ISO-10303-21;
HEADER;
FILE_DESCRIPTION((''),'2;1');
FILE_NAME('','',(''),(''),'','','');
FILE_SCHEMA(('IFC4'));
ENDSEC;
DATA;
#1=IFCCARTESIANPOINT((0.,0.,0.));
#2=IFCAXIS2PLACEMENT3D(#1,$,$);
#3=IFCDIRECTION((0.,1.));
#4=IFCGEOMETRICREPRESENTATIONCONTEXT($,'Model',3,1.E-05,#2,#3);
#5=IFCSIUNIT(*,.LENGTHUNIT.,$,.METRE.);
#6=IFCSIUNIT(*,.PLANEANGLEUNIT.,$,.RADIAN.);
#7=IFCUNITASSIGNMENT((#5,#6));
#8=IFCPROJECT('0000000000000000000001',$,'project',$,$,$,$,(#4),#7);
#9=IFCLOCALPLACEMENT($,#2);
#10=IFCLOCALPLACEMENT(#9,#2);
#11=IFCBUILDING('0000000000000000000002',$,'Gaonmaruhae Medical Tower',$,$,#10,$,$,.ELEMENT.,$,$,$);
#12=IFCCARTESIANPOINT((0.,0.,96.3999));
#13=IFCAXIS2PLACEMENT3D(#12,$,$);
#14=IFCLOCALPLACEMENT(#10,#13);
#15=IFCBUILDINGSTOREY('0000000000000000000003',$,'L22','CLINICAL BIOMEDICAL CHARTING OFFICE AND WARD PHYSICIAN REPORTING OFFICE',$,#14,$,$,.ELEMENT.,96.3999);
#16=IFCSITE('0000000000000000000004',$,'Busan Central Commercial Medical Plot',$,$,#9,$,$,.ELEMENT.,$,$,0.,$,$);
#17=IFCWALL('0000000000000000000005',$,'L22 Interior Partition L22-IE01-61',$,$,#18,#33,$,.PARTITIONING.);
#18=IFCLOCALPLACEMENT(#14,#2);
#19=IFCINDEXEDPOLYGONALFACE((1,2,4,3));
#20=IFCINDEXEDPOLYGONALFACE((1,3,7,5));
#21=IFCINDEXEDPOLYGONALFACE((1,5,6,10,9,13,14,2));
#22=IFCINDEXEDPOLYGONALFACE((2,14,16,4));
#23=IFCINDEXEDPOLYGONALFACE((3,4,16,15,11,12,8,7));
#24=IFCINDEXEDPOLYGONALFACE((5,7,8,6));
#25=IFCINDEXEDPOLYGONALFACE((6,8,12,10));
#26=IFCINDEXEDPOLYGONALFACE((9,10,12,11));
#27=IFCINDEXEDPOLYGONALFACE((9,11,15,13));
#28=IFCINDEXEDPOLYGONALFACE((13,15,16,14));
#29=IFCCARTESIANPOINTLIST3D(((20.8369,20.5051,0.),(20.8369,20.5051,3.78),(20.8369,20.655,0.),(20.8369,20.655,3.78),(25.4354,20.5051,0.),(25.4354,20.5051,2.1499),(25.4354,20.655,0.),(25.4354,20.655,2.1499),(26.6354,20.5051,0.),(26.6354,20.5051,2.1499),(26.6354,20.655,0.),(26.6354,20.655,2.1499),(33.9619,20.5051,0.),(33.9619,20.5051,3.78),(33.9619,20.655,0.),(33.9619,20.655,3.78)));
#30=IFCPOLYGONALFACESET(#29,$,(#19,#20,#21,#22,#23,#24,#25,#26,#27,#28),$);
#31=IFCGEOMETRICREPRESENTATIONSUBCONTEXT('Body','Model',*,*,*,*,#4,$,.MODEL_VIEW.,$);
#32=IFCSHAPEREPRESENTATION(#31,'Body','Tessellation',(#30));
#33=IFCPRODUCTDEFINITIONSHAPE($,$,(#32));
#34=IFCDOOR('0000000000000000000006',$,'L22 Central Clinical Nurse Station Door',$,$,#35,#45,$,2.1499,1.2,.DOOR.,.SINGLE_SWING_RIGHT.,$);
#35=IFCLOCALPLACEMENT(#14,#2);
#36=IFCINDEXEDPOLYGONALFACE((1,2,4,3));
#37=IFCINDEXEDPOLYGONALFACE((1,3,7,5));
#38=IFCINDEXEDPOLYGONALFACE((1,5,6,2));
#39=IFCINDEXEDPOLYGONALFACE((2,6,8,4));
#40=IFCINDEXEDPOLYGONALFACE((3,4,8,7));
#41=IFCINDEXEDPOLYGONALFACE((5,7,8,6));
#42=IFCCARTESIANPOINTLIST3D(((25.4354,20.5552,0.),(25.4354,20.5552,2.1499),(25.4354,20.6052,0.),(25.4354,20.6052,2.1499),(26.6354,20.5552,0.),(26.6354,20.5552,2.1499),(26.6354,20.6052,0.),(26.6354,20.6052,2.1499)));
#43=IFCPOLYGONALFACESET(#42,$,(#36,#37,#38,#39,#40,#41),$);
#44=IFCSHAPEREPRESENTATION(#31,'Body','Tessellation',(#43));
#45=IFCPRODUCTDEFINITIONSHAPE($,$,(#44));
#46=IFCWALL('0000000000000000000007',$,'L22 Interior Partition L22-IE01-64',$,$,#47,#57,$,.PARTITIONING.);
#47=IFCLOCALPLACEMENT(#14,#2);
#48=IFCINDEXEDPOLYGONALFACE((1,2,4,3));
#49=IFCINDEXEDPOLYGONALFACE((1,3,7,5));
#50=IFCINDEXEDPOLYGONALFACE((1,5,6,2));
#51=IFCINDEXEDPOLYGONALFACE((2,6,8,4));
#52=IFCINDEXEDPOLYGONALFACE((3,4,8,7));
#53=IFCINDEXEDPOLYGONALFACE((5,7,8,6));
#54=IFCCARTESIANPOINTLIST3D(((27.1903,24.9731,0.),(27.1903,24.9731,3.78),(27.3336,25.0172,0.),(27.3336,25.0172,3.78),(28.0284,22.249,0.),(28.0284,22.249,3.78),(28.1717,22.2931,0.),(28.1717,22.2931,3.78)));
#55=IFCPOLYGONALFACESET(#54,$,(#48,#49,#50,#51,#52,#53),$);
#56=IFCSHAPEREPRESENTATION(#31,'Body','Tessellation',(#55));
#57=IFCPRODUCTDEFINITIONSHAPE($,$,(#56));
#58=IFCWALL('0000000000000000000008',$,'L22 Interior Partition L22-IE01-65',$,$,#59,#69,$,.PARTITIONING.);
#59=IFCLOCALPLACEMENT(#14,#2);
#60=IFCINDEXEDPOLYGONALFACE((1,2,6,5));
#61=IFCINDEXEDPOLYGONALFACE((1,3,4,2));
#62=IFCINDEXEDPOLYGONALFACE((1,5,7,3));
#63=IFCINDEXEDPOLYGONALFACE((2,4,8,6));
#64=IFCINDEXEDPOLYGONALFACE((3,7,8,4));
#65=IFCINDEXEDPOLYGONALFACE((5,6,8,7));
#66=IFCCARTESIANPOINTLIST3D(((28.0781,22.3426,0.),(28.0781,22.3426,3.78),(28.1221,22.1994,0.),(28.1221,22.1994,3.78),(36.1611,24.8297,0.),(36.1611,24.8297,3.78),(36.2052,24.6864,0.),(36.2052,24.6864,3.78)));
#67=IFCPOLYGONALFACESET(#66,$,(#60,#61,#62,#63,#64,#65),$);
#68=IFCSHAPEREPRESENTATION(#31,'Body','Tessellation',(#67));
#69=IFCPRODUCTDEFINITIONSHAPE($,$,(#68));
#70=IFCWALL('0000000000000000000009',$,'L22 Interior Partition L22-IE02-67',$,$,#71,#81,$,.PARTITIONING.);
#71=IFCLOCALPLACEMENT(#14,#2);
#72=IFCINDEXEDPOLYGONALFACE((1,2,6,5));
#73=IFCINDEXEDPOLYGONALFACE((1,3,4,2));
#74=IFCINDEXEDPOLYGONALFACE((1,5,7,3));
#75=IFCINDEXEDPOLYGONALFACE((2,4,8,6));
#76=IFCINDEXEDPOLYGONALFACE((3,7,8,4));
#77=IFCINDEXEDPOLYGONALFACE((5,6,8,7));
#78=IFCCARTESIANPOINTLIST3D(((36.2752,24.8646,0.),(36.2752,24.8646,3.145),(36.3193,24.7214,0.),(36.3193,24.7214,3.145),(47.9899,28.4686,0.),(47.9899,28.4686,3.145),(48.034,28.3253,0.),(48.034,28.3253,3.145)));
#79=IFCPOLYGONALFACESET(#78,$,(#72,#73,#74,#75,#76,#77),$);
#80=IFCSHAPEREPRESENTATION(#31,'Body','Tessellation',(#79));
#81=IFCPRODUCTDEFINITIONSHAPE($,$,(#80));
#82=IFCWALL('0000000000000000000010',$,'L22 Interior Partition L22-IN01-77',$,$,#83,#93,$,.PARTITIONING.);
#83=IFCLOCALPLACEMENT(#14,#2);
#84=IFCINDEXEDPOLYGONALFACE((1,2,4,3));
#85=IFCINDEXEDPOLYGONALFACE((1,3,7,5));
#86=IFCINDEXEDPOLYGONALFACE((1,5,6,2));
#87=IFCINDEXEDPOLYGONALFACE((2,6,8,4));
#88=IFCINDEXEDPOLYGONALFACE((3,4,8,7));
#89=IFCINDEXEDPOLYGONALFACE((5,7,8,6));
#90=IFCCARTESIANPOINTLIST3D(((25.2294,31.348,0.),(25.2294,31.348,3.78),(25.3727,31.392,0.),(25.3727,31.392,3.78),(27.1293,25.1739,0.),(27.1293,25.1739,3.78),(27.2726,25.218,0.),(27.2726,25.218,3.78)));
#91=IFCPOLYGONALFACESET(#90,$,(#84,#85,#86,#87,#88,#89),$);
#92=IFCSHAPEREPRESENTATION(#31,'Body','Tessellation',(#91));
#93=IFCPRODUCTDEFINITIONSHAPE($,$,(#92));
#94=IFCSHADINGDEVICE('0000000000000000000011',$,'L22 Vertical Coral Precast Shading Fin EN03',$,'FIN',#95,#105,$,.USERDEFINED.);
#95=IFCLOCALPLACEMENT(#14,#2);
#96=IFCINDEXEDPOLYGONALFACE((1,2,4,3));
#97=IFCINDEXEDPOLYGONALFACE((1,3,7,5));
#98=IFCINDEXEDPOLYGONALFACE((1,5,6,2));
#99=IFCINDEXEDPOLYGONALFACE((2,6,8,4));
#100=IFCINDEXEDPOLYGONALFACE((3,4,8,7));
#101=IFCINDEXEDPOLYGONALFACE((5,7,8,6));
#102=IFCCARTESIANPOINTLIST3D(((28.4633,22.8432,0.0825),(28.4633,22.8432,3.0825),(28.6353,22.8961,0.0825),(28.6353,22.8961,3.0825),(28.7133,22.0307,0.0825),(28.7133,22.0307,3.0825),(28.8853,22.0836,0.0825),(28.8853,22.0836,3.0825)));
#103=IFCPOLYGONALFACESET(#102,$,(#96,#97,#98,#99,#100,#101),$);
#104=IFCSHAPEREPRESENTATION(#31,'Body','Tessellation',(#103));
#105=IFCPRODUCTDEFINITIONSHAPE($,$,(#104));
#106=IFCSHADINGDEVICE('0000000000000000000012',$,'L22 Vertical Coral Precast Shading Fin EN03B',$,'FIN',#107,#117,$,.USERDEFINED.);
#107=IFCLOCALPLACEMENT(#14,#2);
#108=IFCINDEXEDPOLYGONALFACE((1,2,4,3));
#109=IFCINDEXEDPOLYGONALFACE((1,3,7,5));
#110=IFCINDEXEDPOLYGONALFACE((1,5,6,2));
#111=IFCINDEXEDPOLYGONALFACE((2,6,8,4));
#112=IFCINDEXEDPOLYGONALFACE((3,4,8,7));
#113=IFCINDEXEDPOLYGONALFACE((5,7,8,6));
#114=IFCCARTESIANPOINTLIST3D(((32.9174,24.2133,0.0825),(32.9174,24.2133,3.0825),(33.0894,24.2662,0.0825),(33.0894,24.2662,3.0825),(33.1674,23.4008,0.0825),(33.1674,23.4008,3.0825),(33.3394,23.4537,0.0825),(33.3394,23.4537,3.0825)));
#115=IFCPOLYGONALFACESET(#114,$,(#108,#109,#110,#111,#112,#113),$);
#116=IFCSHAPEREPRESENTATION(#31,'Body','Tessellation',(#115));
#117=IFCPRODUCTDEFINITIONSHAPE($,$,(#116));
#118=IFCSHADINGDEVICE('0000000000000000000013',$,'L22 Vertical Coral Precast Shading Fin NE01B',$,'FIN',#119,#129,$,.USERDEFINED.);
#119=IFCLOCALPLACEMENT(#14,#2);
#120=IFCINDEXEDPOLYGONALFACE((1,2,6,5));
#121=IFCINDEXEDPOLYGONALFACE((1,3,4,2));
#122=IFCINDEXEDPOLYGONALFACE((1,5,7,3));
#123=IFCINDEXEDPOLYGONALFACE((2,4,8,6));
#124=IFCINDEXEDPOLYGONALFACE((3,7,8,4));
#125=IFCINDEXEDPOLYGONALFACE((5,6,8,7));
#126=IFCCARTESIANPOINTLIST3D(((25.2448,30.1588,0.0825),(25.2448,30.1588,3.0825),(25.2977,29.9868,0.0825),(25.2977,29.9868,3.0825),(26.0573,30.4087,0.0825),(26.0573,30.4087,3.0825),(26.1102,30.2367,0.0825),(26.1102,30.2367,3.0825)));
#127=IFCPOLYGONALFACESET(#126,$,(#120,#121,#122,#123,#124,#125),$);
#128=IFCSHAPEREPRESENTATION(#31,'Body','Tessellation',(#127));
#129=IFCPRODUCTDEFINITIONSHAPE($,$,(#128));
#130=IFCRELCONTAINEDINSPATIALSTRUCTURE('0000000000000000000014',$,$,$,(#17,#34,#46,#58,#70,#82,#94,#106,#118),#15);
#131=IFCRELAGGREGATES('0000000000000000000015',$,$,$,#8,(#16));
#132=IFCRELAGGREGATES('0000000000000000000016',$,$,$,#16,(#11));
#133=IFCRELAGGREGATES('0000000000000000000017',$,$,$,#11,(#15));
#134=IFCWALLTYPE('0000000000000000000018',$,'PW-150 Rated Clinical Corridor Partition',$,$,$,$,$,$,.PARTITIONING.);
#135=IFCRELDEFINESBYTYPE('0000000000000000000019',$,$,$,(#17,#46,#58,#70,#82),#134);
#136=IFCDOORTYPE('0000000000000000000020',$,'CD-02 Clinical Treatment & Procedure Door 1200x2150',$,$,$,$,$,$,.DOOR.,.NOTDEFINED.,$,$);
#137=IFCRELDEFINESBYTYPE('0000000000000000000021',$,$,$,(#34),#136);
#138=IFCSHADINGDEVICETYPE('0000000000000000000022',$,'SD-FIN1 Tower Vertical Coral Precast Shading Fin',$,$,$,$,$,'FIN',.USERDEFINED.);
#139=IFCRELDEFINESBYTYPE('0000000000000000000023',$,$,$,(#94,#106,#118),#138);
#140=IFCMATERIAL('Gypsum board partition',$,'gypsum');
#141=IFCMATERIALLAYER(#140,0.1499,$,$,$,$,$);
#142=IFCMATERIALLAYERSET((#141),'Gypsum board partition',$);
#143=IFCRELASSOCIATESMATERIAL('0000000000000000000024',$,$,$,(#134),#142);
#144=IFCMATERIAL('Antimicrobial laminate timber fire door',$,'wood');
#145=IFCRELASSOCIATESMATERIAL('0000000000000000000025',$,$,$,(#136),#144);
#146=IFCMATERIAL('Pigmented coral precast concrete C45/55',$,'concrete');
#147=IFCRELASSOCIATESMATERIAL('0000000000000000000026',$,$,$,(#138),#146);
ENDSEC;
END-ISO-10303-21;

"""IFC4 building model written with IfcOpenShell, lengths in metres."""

from ifc_helpers import new_model, si_unit, direction, frame, frame_2d, origin, origin_2d, place, context, subcontext, project, spatial, rectangle, extrude, material, layer, layer_set, type_object, element, fill, save


model = new_model("IFC4")

# Units and contexts
model_context = context("Model", 3, precision=1e-05, world=origin(), true_north=direction((0.0, 1.0)))
body_context = subcontext(model_context, "Body", "Model", "MODEL_VIEW")
ifc_project = project(units=[si_unit("LENGTHUNIT", "METRE"), si_unit("PLANEANGLEUNIT", "RADIAN")], contexts=[model_context])

# Site, building, storey
site_placement = place(None, origin())
site = spatial("IfcSite", under=ifc_project, at=site_placement, Name="Busan Central Commercial Medical Plot", CompositionType="ELEMENT", RefElevation=0.0)
building_placement = place(site_placement, origin())
building = spatial("IfcBuilding", under=site, at=building_placement, Name="Gaonmaruhae Medical Tower", CompositionType="ELEMENT")
storey_placement = place(building_placement, frame((0.0, 0.0, 96.3999)))
storey = spatial("IfcBuildingStorey", under=building, at=storey_placement, Name="L22", Description="CLINICAL BIOMEDICAL CHARTING OFFICE AND WARD PHYSICIAN REPORTING OFFICE", CompositionType="ELEMENT", Elevation=96.3999)

# Shared definitions
ifc_material_1 = material(Name="Gypsum board partition", Category="gypsum")
ifc_layer_1 = layer(ifc_material_1, 0.1499)
ifc_layer_set_1 = layer_set([ifc_layer_1], Name="Gypsum board partition")
wall_type_1 = type_object("IfcWallType", Name="PW-150 Rated Clinical Corridor Partition", PredefinedType="PARTITIONING", material=ifc_layer_set_1)

# Wall, opening, door
wall_1_placement = place(storey_placement, frame((33.9619, 20.5801, 0.0), z_axis=(0.0, 0.0, 1.0), x_axis=(-1.0, 0.0, 0.0)))
wall_1 = element("IfcWall", 1, at=wall_1_placement, inside=storey, type_object=wall_type_1, Name="L22 Interior Partition L22-IE01-61", PredefinedType="PARTITIONING", context=body_context, shape_type="SweptSolid", body=[
    extrude(rectangle(XDim=13.125, YDim=0.1499, at=frame_2d((6.5625, 0.0))), origin(), (0.0, 0.0, 1.0), 3.78),
])
opening_1_placement = place(wall_1_placement, frame((7.3264, 0.0, 0.0)))
opening_1 = element("IfcOpeningElement", 2, at=opening_1_placement, cuts=wall_1, PredefinedType="OPENING", context=body_context, shape_type="SweptSolid", body=[
    extrude(rectangle(XDim=1.2, YDim=2.1499, at=frame_2d((0.6001, 1.075))), frame((0.0, 0.085, 0.0), z_axis=(0.0, -1.0, 0.0), x_axis=(1.0, 0.0, 0.0)), (0.0, 0.0, 1.0), 0.1699),
])
ifc_material_2 = material(Name="Antimicrobial laminate timber fire door", Category="wood")
door_type = type_object("IfcDoorType", Name="CD-02 Clinical Treatment & Procedure Door 1200x2150", OperationType="NOTDEFINED", PredefinedType="DOOR", material=ifc_material_2)
door_placement = place(opening_1_placement, origin())
door = element("IfcDoor", 3, at=door_placement, inside=storey, type_object=door_type, Name="L22 Central Clinical Nurse Station Door", OperationType="SINGLE_SWING_RIGHT", OverallHeight=2.1499, OverallWidth=1.2, PredefinedType="DOOR", context=body_context, shape_type="SweptSolid", body=[
    extrude(rectangle(XDim=1.2, YDim=2.1499, at=frame_2d((0.6001, 1.075))), frame((0.0, 0.0249, 0.0), z_axis=(0.0, -1.0, 0.0), x_axis=(1.0, 0.0, 0.0)), (0.0, 0.0, 1.0), 0.05),
])
fill(opening_1, door)

# Walls
wall_2_placement = place(storey_placement, frame((27.262, 24.9951, 0.0), z_axis=(0.0, 0.0, 1.0), x_axis=(0.294068, -0.955785, 0.0)))
element("IfcWall", 4, at=wall_2_placement, inside=storey, type_object=wall_type_1, Name="L22 Interior Partition L22-IE01-64", PredefinedType="PARTITIONING", context=body_context, shape_type="SweptSolid", body=[
    extrude(rectangle(XDim=2.8501, YDim=0.1499, at=frame_2d((1.425, 0.0))), origin(), (0.0, 0.0, 1.0), 3.78),
])
wall_3_placement = place(storey_placement, frame((28.1001, 22.271, 0.0), z_axis=(0.0, 0.0, 1.0), x_axis=(0.95578, 0.294084, 0.0)))
element("IfcWall", 5, at=wall_3_placement, inside=storey, type_object=wall_type_1, Name="L22 Interior Partition L22-IE01-65", PredefinedType="PARTITIONING", context=body_context, shape_type="SweptSolid", body=[
    extrude(rectangle(XDim=8.457, YDim=0.1499, at=frame_2d((4.2285, 0.0))), origin(), (0.0, 0.0, 1.0), 3.78),
])
wall_4_placement = place(storey_placement, frame((36.2971, 24.793, 0.0), z_axis=(0.0, 0.0, 1.0), x_axis=(0.955792, 0.294044, 0.0)))
element("IfcWall", 6, at=wall_4_placement, inside=storey, type_object=wall_type_1, Name="L22 Interior Partition L22-IE02-67", PredefinedType="PARTITIONING", context=body_context, shape_type="SweptSolid", body=[
    extrude(rectangle(XDim=12.2566, YDim=0.1499, at=frame_2d((6.1284, 0.0))), origin(), (0.0, 0.0, 1.0), 3.145),
])
wall_5_placement = place(storey_placement, frame((25.301, 31.3701, 0.0), z_axis=(0.0, 0.0, 1.0), x_axis=(0.294112, -0.955771, 0.0)))
element("IfcWall", 7, at=wall_5_placement, inside=storey, type_object=wall_type_1, Name="L22 Interior Partition L22-IN01-77", PredefinedType="PARTITIONING", context=body_context, shape_type="SweptSolid", body=[
    extrude(rectangle(XDim=6.4597, YDim=0.1499, at=frame_2d((3.23, 0.0))), origin(), (0.0, 0.0, 1.0), 3.78),
])

# Shading devices
ifc_material_3 = material(Name="Pigmented coral precast concrete C45/55", Category="concrete")
shading_device_type = type_object("IfcShadingDeviceType", Name="SD-FIN1 Tower Vertical Coral Precast Shading Fin", ElementType="FIN", PredefinedType="USERDEFINED", material=ifc_material_3)
for number, where, z_axis, x_axis, name in (
    (8, (28.6743, 22.4634, 0.0825), (0.0, 0.0, 1.0), (0.955793, 0.29404, 0.0), "L22 Vertical Coral Precast Shading Fin EN03"),
    (9, (33.1284, 23.8335, 0.0825), (0.0, 0.0, 1.0), (0.955793, 0.29404, 0.0), "L22 Vertical Coral Precast Shading Fin EN03B"),
    (10, (25.6775, 30.1978, 0.0825), (0.0, 0.0, 1.0), (0.29404, -0.955793, 0.0), "L22 Vertical Coral Precast Shading Fin NE01B"),
):
    element("IfcShadingDevice", number, at=place(storey_placement, frame(where, z_axis=z_axis, x_axis=x_axis)), inside=storey, type_object=shading_device_type, Name=name, ObjectType="FIN", PredefinedType="USERDEFINED", context=body_context, shape_type="SweptSolid", body=[
        extrude(rectangle(XDim=0.1799, YDim=0.8501, at=origin_2d()), origin(), (0.0, 0.0, 1.0), 3.0),
    ])

save(model, "model.ifc")
